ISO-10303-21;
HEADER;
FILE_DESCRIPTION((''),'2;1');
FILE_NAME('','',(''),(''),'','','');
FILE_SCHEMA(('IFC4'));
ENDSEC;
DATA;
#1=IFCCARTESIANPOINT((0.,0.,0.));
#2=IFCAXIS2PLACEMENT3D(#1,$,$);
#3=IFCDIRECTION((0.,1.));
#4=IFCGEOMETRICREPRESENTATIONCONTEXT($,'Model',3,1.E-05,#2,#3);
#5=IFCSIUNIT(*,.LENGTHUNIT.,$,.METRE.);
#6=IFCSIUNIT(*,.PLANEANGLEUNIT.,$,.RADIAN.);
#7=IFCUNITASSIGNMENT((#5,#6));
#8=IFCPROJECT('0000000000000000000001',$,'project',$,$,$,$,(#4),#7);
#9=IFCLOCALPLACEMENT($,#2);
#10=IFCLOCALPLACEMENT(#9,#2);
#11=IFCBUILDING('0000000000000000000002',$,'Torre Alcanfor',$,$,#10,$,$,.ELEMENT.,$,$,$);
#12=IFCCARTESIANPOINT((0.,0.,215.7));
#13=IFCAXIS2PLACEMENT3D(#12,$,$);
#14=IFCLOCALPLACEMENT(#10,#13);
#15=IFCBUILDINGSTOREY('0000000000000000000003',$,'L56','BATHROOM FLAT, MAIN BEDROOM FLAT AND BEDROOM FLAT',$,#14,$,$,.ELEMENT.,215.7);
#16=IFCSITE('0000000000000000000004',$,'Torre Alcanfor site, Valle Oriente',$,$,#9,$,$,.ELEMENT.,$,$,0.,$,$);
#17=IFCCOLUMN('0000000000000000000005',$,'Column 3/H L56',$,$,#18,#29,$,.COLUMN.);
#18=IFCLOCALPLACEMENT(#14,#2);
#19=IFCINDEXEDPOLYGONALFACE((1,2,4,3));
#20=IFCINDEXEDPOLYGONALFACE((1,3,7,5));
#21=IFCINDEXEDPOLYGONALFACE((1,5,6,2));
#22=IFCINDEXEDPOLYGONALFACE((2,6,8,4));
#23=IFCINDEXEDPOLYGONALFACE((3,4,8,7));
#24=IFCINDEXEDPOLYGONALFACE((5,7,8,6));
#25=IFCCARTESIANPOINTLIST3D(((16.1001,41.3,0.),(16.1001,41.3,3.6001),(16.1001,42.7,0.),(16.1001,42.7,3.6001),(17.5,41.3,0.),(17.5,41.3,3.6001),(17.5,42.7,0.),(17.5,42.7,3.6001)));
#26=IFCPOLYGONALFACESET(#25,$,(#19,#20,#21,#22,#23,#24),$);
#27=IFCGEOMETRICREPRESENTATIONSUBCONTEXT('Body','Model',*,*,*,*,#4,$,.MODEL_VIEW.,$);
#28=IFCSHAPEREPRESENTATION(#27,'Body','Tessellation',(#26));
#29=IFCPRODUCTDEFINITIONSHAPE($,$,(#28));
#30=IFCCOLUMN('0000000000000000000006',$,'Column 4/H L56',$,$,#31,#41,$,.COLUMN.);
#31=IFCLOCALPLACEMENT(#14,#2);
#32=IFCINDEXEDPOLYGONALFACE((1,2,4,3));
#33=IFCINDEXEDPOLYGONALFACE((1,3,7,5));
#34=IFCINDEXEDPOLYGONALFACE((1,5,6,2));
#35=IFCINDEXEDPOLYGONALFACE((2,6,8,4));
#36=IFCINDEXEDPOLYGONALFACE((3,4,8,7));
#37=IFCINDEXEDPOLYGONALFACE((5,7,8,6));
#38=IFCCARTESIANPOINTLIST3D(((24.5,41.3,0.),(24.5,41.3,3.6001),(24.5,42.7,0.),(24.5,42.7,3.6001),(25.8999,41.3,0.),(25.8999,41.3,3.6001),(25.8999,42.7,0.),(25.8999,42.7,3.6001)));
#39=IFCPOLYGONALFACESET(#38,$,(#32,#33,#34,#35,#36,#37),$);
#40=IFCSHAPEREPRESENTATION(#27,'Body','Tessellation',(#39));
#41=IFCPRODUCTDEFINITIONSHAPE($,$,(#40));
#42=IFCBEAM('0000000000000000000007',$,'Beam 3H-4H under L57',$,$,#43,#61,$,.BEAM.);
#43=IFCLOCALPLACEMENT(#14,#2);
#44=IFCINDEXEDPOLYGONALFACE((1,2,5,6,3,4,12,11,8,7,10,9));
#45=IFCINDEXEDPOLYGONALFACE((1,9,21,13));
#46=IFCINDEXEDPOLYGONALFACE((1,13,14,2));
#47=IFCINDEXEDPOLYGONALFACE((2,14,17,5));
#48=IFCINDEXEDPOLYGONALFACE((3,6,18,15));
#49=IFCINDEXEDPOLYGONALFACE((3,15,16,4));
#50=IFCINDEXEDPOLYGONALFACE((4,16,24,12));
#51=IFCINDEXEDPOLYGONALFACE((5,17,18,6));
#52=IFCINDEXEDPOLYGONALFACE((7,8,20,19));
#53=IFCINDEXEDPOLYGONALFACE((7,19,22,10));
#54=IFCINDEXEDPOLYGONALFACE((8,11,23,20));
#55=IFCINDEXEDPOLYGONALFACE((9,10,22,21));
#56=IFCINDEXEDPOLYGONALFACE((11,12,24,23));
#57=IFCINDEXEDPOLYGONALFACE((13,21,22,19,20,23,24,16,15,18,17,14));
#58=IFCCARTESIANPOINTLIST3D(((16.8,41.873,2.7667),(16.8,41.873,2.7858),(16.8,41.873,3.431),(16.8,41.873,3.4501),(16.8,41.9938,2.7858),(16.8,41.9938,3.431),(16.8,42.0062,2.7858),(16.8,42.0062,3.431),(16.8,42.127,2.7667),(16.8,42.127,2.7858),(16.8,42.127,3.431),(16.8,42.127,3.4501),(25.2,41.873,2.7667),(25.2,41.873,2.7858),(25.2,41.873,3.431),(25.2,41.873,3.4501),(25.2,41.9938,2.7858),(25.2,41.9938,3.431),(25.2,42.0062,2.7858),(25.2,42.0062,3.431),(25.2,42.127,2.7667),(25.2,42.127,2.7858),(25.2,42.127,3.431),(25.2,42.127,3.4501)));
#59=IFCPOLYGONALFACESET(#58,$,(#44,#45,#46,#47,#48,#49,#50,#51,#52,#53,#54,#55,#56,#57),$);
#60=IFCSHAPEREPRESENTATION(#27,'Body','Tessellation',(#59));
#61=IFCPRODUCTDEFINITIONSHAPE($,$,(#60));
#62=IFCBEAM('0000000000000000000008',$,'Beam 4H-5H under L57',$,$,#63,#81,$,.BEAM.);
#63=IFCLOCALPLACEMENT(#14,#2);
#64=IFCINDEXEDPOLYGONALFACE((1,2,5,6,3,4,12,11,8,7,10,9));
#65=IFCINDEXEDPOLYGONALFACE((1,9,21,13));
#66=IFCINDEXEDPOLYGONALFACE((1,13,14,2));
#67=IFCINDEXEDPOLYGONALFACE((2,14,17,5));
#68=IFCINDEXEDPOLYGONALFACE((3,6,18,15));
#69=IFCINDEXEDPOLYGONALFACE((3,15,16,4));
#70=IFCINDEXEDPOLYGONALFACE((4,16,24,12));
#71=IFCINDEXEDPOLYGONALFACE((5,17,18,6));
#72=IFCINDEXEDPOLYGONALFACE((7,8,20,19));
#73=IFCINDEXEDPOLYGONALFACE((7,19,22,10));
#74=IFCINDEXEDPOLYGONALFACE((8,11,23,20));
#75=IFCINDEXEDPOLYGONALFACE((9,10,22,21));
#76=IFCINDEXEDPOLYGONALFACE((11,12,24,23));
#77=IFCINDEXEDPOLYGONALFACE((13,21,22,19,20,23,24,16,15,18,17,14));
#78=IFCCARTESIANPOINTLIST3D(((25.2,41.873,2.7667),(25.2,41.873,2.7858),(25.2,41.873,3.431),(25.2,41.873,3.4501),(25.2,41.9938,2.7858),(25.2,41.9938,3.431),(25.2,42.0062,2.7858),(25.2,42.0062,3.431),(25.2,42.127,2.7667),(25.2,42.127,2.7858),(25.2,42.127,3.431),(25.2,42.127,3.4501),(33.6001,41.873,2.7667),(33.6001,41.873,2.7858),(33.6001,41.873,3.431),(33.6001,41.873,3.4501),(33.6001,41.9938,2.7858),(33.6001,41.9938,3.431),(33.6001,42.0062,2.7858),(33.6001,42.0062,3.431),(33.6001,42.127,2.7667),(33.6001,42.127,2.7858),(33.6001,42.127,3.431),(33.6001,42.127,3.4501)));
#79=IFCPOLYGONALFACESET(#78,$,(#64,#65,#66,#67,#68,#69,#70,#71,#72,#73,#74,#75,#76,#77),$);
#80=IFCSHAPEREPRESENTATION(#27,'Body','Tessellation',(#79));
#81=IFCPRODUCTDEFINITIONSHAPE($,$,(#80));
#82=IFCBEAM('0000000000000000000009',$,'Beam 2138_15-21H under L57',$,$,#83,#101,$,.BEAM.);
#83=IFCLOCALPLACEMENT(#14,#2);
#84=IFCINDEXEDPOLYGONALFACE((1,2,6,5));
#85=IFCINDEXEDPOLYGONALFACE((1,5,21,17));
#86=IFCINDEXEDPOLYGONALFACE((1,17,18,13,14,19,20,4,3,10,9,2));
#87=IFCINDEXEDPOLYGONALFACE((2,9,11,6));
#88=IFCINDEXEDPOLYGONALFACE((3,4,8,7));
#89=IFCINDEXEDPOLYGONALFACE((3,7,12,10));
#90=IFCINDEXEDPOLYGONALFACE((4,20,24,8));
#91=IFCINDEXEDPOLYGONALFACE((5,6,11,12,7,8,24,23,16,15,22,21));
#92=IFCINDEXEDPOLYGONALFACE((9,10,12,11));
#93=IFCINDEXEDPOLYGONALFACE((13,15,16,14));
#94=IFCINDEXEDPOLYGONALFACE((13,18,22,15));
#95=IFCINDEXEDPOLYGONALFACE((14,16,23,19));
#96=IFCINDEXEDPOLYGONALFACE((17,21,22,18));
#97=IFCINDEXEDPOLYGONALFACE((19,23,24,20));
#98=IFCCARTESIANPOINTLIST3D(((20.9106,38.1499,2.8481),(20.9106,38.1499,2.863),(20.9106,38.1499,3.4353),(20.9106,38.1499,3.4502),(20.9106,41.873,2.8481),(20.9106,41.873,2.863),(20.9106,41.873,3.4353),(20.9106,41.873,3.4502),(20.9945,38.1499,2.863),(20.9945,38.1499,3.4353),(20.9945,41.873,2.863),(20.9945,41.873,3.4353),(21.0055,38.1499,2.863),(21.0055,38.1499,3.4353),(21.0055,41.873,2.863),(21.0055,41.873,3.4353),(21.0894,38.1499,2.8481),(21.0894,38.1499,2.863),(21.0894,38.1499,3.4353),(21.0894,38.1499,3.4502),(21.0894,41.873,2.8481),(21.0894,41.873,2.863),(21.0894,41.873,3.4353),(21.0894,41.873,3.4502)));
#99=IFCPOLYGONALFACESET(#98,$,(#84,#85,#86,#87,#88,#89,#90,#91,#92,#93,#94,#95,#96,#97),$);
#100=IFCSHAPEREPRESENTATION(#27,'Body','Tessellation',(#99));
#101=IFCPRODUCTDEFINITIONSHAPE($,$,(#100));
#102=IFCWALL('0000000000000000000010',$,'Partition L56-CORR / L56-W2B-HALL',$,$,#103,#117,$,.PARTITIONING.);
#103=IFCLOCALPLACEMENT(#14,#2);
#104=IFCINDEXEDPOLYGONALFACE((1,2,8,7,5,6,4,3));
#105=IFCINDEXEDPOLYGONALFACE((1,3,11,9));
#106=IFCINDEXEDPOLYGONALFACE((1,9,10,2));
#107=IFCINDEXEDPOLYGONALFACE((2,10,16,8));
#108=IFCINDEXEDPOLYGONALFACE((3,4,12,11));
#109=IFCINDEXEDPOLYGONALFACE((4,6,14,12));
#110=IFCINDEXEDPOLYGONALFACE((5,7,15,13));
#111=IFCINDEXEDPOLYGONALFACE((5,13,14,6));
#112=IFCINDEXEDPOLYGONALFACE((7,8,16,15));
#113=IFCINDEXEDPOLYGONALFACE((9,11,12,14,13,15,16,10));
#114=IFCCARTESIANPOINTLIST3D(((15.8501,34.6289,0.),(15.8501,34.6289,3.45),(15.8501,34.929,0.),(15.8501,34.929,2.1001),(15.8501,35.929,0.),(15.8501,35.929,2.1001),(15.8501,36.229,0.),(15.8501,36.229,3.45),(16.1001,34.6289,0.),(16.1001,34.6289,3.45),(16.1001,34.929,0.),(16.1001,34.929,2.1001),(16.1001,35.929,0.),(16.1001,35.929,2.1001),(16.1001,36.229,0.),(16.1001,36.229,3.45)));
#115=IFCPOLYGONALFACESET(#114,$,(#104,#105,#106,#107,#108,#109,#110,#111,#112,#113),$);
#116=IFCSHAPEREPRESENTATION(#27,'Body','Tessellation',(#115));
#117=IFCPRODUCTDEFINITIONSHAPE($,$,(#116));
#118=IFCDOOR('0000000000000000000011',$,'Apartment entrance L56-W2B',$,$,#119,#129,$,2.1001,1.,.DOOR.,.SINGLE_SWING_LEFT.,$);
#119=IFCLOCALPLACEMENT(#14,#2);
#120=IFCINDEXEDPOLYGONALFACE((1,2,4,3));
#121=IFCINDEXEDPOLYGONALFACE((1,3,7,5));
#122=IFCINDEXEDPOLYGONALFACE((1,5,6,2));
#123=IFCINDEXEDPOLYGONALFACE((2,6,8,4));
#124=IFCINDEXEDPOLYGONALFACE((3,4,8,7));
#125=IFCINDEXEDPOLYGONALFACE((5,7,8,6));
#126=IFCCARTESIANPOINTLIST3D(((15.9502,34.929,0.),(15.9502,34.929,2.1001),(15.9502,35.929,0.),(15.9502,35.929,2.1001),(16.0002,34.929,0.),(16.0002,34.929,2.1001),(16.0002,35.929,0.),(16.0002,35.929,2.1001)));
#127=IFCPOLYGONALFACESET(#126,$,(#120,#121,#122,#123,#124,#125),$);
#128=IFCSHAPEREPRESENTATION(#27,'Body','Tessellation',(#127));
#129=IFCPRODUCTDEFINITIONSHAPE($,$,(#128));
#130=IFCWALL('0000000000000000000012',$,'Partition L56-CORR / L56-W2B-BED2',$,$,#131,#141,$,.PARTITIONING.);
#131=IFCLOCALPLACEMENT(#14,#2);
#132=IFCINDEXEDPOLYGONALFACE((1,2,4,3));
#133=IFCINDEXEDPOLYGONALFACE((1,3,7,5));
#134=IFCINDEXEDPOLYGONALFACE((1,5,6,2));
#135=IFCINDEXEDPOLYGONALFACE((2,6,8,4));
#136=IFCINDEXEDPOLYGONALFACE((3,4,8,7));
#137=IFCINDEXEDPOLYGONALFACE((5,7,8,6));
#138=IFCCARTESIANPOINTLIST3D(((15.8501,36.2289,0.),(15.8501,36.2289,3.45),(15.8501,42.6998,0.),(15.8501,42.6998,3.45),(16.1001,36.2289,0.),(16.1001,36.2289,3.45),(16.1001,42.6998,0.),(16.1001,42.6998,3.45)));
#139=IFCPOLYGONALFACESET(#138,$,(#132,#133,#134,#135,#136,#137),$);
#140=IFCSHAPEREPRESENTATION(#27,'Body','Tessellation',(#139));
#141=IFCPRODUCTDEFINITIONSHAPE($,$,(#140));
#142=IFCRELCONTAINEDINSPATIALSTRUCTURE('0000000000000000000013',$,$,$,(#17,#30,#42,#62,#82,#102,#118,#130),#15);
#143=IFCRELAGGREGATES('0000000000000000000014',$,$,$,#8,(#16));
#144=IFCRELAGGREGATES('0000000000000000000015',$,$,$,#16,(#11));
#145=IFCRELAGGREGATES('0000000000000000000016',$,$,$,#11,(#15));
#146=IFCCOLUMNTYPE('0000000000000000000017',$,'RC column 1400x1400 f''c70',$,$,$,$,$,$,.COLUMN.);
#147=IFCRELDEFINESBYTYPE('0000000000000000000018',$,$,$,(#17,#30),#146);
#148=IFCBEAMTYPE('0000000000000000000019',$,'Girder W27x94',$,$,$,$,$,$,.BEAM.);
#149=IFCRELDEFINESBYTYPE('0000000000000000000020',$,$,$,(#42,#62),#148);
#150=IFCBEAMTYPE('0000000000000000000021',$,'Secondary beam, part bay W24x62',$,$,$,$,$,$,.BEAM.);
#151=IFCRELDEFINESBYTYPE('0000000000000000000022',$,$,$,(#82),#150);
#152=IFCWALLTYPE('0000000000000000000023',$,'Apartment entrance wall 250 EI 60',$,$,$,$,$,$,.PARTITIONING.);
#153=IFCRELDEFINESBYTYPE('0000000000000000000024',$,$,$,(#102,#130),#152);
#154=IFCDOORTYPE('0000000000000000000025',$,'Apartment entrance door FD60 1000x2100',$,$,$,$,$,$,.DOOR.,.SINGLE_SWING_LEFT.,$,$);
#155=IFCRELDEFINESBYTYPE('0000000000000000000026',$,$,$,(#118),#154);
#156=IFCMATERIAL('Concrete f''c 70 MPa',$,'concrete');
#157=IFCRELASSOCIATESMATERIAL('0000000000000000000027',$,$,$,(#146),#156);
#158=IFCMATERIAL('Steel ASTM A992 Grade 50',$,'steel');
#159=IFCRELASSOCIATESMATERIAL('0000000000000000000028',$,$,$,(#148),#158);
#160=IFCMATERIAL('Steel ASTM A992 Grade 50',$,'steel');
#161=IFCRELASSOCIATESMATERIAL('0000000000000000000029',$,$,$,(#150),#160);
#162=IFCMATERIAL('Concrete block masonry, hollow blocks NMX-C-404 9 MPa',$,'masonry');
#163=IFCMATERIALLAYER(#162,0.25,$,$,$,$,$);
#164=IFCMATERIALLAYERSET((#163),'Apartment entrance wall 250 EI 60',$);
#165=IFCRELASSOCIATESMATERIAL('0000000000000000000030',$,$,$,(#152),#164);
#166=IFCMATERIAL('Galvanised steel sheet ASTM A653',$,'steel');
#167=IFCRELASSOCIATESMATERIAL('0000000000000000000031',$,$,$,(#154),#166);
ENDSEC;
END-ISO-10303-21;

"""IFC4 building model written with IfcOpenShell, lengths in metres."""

from ifc_helpers import new_model, si_unit, direction, frame, frame_2d, origin, origin_2d, place, context, subcontext, project, spatial, rectangle, i_section, extrude, material, layer, layer_set, material_profile, profile_set, type_object, element, fill, save


model = new_model("IFC4")

# Units and contexts
model_context = context("Model", 3, precision=1e-05, world=origin(), true_north=direction((0.0, 1.0)))
body_context = subcontext(model_context, "Body", "Model", "MODEL_VIEW")
ifc_project = project(units=[si_unit("LENGTHUNIT", "METRE"), si_unit("PLANEANGLEUNIT", "RADIAN")], contexts=[model_context])

# Site, building, storey
site_placement = place(None, origin())
site = spatial("IfcSite", under=ifc_project, at=site_placement, Name="Torre Alcanfor site, Valle Oriente", CompositionType="ELEMENT", RefElevation=0.0)
building_placement = place(site_placement, origin())
building = spatial("IfcBuilding", under=site, at=building_placement, Name="Torre Alcanfor", CompositionType="ELEMENT")
storey_placement = place(building_placement, frame((0.0, 0.0, 215.7)))
storey = spatial("IfcBuildingStorey", under=building, at=storey_placement, Name="L56", Description="BATHROOM FLAT, MAIN BEDROOM FLAT AND BEDROOM FLAT", CompositionType="ELEMENT", Elevation=215.7)

# Columns
ifc_material_1 = material(Name="Concrete f'c 70 MPa", Category="concrete")
ifc_material_profile_1 = material_profile(ifc_material_1, rectangle(XDim=1.3999, YDim=1.3999, at=origin_2d()), Name="1400x1400")
ifc_profile_set_1 = profile_set([ifc_material_profile_1], Name="Concrete f'c 70 MPa")
column_type = type_object("IfcColumnType", Name="RC column 1400x1400 f'c70", PredefinedType="COLUMN", material=ifc_profile_set_1)
for number, where, z_axis, x_axis, name in (
    (1, (16.8, 42.0, 0.0), (0.0, 0.0, 1.0), (1.0, 0.0, 0.0), "Column 3/H L56"),
    (2, (25.2, 42.0, 0.0), (0.0, 0.0, 1.0), (1.0, 0.0, 0.0), "Column 4/H L56"),
):
    element("IfcColumn", number, at=place(storey_placement, frame(where, z_axis=z_axis, x_axis=x_axis)), inside=storey, type_object=column_type, Name=name, PredefinedType="COLUMN", context=body_context, shape_type="SweptSolid", body=[
        extrude(rectangle(XDim=1.3999, YDim=1.3999, at=origin_2d()), origin(), (0.0, 0.0, 1.0), 3.6001),
    ])

# Beams
ifc_material_2 = material(Name="Steel ASTM A992 Grade 50", Category="steel")
ifc_material_profile_2 = material_profile(ifc_material_2, i_section(OverallWidth=0.2539, OverallDepth=0.6833, WebThickness=0.0125, FlangeThickness=0.019, at=origin_2d()), Name="W27x94")
ifc_profile_set_2 = profile_set([ifc_material_profile_2], Name="Steel ASTM A992 Grade 50")
beam_type_1 = type_object("IfcBeamType", Name="Girder W27x94", PredefinedType="BEAM", material=ifc_profile_set_2)
beam_1_placement = place(storey_placement, frame((16.8, 42.0, 3.1084), z_axis=(1.0, 0.0, 0.0), x_axis=(0.0, 1.0, 0.0)))
element("IfcBeam", 3, at=beam_1_placement, inside=storey, type_object=beam_type_1, Name="Beam 3H-4H under L57", PredefinedType="BEAM", context=body_context, shape_type="SweptSolid", body=[
    extrude(i_section(OverallWidth=0.2539, OverallDepth=0.6833, WebThickness=0.0125, FlangeThickness=0.019, at=origin_2d()), origin(), (0.0, 0.0, 1.0), 8.3999),
])
beam_2_placement = place(storey_placement, frame((25.2, 42.0, 3.1084), z_axis=(1.0, 0.0, 0.0), x_axis=(0.0, 1.0, 0.0)))
element("IfcBeam", 4, at=beam_2_placement, inside=storey, type_object=beam_type_1, Name="Beam 4H-5H under L57", PredefinedType="BEAM", context=body_context, shape_type="SweptSolid", body=[
    extrude(i_section(OverallWidth=0.2539, OverallDepth=0.6833, WebThickness=0.0125, FlangeThickness=0.019, at=origin_2d()), origin(), (0.0, 0.0, 1.0), 8.4001),
])
ifc_material_3 = material(Name="Steel ASTM A992 Grade 50", Category="steel")
ifc_material_profile_3 = material_profile(ifc_material_3, i_section(OverallWidth=0.1787, OverallDepth=0.6021, WebThickness=0.011, FlangeThickness=0.0149, at=origin_2d()), Name="W24x62")
ifc_profile_set_3 = profile_set([ifc_material_profile_3], Name="Steel ASTM A992 Grade 50")
beam_type_2 = type_object("IfcBeamType", Name="Secondary beam, part bay W24x62", PredefinedType="BEAM", material=ifc_profile_set_3)
beam_3_placement = place(storey_placement, frame((21.0, 38.1499, 3.1492), z_axis=(0.0, 1.0, 0.0), x_axis=(-1.0, 0.0, 0.0)))
element("IfcBeam", 5, at=beam_3_placement, inside=storey, type_object=beam_type_2, Name="Beam 2138_15-21H under L57", PredefinedType="BEAM", context=body_context, shape_type="SweptSolid", body=[
    extrude(i_section(OverallWidth=0.1787, OverallDepth=0.6021, WebThickness=0.011, FlangeThickness=0.0149, at=origin_2d()), origin(), (0.0, 0.0, 1.0), 3.7231),
])

# Wall, opening, door
ifc_material_4 = material(Name="Concrete block masonry, hollow blocks NMX-C-404 9 MPa", Category="masonry")
ifc_layer_1 = layer(ifc_material_4, 0.25)
ifc_layer_set_1 = layer_set([ifc_layer_1], Name="Apartment entrance wall 250 EI 60")
wall_type_1 = type_object("IfcWallType", Name="Apartment entrance wall 250 EI 60", PredefinedType="PARTITIONING", material=ifc_layer_set_1)
wall_1_placement = place(storey_placement, frame((15.9751, 34.6289, 0.0), z_axis=(0.0, 0.0, 1.0), x_axis=(0.0, 1.0, 0.0)))
wall_1 = element("IfcWall", 6, at=wall_1_placement, inside=storey, type_object=wall_type_1, Name="Partition L56-CORR / L56-W2B-HALL", PredefinedType="PARTITIONING", context=body_context, shape_type="SweptSolid", body=[
    extrude(rectangle(XDim=1.6001, YDim=0.25, at=frame_2d((0.8, 0.0))), origin(), (0.0, 0.0, 1.0), 3.45),
])
opening_1_placement = place(wall_1_placement, frame((0.3, 0.0, 0.0)))
opening_1 = element("IfcOpeningElement", 7, at=opening_1_placement, cuts=wall_1, PredefinedType="OPENING", context=body_context, shape_type="SweptSolid", body=[
    extrude(rectangle(XDim=1.0, YDim=2.1001, at=frame_2d((0.5, 1.05))), frame((0.0, 0.135, 0.0), z_axis=(0.0, -1.0, 0.0), x_axis=(1.0, 0.0, 0.0)), (0.0, 0.0, 1.0), 0.27),
])
ifc_material_5 = material(Name="Galvanised steel sheet ASTM A653", Category="steel")
door_type_1 = type_object("IfcDoorType", Name="Apartment entrance door FD60 1000x2100", OperationType="SINGLE_SWING_LEFT", PredefinedType="DOOR", material=ifc_material_5)
door_1_placement = place(opening_1_placement, origin())
door_1 = element("IfcDoor", 8, at=door_1_placement, inside=storey, type_object=door_type_1, Name="Apartment entrance L56-W2B", OperationType="SINGLE_SWING_LEFT", OverallHeight=2.1001, OverallWidth=1.0, PredefinedType="DOOR", context=body_context, shape_type="SweptSolid", body=[
    extrude(rectangle(XDim=1.0, YDim=2.1001, at=frame_2d((0.5, 1.05))), frame((0.0, 0.0249, 0.0), z_axis=(0.0, -1.0, 0.0), x_axis=(1.0, 0.0, 0.0)), (0.0, 0.0, 1.0), 0.05),
])
fill(opening_1, door_1)

# Wall
wall_2_placement = place(storey_placement, frame((15.9751, 36.229, 0.0), z_axis=(0.0, 0.0, 1.0), x_axis=(0.0, 1.0, 0.0)))
element("IfcWall", 9, at=wall_2_placement, inside=storey, type_object=wall_type_1, Name="Partition L56-CORR / L56-W2B-BED2", PredefinedType="PARTITIONING", context=body_context, shape_type="SweptSolid", body=[
    extrude(rectangle(XDim=6.4709, YDim=0.25, at=frame_2d((3.2354, 0.0))), origin(), (0.0, 0.0, 1.0), 3.45),
])

save(model, "model.ifc")
